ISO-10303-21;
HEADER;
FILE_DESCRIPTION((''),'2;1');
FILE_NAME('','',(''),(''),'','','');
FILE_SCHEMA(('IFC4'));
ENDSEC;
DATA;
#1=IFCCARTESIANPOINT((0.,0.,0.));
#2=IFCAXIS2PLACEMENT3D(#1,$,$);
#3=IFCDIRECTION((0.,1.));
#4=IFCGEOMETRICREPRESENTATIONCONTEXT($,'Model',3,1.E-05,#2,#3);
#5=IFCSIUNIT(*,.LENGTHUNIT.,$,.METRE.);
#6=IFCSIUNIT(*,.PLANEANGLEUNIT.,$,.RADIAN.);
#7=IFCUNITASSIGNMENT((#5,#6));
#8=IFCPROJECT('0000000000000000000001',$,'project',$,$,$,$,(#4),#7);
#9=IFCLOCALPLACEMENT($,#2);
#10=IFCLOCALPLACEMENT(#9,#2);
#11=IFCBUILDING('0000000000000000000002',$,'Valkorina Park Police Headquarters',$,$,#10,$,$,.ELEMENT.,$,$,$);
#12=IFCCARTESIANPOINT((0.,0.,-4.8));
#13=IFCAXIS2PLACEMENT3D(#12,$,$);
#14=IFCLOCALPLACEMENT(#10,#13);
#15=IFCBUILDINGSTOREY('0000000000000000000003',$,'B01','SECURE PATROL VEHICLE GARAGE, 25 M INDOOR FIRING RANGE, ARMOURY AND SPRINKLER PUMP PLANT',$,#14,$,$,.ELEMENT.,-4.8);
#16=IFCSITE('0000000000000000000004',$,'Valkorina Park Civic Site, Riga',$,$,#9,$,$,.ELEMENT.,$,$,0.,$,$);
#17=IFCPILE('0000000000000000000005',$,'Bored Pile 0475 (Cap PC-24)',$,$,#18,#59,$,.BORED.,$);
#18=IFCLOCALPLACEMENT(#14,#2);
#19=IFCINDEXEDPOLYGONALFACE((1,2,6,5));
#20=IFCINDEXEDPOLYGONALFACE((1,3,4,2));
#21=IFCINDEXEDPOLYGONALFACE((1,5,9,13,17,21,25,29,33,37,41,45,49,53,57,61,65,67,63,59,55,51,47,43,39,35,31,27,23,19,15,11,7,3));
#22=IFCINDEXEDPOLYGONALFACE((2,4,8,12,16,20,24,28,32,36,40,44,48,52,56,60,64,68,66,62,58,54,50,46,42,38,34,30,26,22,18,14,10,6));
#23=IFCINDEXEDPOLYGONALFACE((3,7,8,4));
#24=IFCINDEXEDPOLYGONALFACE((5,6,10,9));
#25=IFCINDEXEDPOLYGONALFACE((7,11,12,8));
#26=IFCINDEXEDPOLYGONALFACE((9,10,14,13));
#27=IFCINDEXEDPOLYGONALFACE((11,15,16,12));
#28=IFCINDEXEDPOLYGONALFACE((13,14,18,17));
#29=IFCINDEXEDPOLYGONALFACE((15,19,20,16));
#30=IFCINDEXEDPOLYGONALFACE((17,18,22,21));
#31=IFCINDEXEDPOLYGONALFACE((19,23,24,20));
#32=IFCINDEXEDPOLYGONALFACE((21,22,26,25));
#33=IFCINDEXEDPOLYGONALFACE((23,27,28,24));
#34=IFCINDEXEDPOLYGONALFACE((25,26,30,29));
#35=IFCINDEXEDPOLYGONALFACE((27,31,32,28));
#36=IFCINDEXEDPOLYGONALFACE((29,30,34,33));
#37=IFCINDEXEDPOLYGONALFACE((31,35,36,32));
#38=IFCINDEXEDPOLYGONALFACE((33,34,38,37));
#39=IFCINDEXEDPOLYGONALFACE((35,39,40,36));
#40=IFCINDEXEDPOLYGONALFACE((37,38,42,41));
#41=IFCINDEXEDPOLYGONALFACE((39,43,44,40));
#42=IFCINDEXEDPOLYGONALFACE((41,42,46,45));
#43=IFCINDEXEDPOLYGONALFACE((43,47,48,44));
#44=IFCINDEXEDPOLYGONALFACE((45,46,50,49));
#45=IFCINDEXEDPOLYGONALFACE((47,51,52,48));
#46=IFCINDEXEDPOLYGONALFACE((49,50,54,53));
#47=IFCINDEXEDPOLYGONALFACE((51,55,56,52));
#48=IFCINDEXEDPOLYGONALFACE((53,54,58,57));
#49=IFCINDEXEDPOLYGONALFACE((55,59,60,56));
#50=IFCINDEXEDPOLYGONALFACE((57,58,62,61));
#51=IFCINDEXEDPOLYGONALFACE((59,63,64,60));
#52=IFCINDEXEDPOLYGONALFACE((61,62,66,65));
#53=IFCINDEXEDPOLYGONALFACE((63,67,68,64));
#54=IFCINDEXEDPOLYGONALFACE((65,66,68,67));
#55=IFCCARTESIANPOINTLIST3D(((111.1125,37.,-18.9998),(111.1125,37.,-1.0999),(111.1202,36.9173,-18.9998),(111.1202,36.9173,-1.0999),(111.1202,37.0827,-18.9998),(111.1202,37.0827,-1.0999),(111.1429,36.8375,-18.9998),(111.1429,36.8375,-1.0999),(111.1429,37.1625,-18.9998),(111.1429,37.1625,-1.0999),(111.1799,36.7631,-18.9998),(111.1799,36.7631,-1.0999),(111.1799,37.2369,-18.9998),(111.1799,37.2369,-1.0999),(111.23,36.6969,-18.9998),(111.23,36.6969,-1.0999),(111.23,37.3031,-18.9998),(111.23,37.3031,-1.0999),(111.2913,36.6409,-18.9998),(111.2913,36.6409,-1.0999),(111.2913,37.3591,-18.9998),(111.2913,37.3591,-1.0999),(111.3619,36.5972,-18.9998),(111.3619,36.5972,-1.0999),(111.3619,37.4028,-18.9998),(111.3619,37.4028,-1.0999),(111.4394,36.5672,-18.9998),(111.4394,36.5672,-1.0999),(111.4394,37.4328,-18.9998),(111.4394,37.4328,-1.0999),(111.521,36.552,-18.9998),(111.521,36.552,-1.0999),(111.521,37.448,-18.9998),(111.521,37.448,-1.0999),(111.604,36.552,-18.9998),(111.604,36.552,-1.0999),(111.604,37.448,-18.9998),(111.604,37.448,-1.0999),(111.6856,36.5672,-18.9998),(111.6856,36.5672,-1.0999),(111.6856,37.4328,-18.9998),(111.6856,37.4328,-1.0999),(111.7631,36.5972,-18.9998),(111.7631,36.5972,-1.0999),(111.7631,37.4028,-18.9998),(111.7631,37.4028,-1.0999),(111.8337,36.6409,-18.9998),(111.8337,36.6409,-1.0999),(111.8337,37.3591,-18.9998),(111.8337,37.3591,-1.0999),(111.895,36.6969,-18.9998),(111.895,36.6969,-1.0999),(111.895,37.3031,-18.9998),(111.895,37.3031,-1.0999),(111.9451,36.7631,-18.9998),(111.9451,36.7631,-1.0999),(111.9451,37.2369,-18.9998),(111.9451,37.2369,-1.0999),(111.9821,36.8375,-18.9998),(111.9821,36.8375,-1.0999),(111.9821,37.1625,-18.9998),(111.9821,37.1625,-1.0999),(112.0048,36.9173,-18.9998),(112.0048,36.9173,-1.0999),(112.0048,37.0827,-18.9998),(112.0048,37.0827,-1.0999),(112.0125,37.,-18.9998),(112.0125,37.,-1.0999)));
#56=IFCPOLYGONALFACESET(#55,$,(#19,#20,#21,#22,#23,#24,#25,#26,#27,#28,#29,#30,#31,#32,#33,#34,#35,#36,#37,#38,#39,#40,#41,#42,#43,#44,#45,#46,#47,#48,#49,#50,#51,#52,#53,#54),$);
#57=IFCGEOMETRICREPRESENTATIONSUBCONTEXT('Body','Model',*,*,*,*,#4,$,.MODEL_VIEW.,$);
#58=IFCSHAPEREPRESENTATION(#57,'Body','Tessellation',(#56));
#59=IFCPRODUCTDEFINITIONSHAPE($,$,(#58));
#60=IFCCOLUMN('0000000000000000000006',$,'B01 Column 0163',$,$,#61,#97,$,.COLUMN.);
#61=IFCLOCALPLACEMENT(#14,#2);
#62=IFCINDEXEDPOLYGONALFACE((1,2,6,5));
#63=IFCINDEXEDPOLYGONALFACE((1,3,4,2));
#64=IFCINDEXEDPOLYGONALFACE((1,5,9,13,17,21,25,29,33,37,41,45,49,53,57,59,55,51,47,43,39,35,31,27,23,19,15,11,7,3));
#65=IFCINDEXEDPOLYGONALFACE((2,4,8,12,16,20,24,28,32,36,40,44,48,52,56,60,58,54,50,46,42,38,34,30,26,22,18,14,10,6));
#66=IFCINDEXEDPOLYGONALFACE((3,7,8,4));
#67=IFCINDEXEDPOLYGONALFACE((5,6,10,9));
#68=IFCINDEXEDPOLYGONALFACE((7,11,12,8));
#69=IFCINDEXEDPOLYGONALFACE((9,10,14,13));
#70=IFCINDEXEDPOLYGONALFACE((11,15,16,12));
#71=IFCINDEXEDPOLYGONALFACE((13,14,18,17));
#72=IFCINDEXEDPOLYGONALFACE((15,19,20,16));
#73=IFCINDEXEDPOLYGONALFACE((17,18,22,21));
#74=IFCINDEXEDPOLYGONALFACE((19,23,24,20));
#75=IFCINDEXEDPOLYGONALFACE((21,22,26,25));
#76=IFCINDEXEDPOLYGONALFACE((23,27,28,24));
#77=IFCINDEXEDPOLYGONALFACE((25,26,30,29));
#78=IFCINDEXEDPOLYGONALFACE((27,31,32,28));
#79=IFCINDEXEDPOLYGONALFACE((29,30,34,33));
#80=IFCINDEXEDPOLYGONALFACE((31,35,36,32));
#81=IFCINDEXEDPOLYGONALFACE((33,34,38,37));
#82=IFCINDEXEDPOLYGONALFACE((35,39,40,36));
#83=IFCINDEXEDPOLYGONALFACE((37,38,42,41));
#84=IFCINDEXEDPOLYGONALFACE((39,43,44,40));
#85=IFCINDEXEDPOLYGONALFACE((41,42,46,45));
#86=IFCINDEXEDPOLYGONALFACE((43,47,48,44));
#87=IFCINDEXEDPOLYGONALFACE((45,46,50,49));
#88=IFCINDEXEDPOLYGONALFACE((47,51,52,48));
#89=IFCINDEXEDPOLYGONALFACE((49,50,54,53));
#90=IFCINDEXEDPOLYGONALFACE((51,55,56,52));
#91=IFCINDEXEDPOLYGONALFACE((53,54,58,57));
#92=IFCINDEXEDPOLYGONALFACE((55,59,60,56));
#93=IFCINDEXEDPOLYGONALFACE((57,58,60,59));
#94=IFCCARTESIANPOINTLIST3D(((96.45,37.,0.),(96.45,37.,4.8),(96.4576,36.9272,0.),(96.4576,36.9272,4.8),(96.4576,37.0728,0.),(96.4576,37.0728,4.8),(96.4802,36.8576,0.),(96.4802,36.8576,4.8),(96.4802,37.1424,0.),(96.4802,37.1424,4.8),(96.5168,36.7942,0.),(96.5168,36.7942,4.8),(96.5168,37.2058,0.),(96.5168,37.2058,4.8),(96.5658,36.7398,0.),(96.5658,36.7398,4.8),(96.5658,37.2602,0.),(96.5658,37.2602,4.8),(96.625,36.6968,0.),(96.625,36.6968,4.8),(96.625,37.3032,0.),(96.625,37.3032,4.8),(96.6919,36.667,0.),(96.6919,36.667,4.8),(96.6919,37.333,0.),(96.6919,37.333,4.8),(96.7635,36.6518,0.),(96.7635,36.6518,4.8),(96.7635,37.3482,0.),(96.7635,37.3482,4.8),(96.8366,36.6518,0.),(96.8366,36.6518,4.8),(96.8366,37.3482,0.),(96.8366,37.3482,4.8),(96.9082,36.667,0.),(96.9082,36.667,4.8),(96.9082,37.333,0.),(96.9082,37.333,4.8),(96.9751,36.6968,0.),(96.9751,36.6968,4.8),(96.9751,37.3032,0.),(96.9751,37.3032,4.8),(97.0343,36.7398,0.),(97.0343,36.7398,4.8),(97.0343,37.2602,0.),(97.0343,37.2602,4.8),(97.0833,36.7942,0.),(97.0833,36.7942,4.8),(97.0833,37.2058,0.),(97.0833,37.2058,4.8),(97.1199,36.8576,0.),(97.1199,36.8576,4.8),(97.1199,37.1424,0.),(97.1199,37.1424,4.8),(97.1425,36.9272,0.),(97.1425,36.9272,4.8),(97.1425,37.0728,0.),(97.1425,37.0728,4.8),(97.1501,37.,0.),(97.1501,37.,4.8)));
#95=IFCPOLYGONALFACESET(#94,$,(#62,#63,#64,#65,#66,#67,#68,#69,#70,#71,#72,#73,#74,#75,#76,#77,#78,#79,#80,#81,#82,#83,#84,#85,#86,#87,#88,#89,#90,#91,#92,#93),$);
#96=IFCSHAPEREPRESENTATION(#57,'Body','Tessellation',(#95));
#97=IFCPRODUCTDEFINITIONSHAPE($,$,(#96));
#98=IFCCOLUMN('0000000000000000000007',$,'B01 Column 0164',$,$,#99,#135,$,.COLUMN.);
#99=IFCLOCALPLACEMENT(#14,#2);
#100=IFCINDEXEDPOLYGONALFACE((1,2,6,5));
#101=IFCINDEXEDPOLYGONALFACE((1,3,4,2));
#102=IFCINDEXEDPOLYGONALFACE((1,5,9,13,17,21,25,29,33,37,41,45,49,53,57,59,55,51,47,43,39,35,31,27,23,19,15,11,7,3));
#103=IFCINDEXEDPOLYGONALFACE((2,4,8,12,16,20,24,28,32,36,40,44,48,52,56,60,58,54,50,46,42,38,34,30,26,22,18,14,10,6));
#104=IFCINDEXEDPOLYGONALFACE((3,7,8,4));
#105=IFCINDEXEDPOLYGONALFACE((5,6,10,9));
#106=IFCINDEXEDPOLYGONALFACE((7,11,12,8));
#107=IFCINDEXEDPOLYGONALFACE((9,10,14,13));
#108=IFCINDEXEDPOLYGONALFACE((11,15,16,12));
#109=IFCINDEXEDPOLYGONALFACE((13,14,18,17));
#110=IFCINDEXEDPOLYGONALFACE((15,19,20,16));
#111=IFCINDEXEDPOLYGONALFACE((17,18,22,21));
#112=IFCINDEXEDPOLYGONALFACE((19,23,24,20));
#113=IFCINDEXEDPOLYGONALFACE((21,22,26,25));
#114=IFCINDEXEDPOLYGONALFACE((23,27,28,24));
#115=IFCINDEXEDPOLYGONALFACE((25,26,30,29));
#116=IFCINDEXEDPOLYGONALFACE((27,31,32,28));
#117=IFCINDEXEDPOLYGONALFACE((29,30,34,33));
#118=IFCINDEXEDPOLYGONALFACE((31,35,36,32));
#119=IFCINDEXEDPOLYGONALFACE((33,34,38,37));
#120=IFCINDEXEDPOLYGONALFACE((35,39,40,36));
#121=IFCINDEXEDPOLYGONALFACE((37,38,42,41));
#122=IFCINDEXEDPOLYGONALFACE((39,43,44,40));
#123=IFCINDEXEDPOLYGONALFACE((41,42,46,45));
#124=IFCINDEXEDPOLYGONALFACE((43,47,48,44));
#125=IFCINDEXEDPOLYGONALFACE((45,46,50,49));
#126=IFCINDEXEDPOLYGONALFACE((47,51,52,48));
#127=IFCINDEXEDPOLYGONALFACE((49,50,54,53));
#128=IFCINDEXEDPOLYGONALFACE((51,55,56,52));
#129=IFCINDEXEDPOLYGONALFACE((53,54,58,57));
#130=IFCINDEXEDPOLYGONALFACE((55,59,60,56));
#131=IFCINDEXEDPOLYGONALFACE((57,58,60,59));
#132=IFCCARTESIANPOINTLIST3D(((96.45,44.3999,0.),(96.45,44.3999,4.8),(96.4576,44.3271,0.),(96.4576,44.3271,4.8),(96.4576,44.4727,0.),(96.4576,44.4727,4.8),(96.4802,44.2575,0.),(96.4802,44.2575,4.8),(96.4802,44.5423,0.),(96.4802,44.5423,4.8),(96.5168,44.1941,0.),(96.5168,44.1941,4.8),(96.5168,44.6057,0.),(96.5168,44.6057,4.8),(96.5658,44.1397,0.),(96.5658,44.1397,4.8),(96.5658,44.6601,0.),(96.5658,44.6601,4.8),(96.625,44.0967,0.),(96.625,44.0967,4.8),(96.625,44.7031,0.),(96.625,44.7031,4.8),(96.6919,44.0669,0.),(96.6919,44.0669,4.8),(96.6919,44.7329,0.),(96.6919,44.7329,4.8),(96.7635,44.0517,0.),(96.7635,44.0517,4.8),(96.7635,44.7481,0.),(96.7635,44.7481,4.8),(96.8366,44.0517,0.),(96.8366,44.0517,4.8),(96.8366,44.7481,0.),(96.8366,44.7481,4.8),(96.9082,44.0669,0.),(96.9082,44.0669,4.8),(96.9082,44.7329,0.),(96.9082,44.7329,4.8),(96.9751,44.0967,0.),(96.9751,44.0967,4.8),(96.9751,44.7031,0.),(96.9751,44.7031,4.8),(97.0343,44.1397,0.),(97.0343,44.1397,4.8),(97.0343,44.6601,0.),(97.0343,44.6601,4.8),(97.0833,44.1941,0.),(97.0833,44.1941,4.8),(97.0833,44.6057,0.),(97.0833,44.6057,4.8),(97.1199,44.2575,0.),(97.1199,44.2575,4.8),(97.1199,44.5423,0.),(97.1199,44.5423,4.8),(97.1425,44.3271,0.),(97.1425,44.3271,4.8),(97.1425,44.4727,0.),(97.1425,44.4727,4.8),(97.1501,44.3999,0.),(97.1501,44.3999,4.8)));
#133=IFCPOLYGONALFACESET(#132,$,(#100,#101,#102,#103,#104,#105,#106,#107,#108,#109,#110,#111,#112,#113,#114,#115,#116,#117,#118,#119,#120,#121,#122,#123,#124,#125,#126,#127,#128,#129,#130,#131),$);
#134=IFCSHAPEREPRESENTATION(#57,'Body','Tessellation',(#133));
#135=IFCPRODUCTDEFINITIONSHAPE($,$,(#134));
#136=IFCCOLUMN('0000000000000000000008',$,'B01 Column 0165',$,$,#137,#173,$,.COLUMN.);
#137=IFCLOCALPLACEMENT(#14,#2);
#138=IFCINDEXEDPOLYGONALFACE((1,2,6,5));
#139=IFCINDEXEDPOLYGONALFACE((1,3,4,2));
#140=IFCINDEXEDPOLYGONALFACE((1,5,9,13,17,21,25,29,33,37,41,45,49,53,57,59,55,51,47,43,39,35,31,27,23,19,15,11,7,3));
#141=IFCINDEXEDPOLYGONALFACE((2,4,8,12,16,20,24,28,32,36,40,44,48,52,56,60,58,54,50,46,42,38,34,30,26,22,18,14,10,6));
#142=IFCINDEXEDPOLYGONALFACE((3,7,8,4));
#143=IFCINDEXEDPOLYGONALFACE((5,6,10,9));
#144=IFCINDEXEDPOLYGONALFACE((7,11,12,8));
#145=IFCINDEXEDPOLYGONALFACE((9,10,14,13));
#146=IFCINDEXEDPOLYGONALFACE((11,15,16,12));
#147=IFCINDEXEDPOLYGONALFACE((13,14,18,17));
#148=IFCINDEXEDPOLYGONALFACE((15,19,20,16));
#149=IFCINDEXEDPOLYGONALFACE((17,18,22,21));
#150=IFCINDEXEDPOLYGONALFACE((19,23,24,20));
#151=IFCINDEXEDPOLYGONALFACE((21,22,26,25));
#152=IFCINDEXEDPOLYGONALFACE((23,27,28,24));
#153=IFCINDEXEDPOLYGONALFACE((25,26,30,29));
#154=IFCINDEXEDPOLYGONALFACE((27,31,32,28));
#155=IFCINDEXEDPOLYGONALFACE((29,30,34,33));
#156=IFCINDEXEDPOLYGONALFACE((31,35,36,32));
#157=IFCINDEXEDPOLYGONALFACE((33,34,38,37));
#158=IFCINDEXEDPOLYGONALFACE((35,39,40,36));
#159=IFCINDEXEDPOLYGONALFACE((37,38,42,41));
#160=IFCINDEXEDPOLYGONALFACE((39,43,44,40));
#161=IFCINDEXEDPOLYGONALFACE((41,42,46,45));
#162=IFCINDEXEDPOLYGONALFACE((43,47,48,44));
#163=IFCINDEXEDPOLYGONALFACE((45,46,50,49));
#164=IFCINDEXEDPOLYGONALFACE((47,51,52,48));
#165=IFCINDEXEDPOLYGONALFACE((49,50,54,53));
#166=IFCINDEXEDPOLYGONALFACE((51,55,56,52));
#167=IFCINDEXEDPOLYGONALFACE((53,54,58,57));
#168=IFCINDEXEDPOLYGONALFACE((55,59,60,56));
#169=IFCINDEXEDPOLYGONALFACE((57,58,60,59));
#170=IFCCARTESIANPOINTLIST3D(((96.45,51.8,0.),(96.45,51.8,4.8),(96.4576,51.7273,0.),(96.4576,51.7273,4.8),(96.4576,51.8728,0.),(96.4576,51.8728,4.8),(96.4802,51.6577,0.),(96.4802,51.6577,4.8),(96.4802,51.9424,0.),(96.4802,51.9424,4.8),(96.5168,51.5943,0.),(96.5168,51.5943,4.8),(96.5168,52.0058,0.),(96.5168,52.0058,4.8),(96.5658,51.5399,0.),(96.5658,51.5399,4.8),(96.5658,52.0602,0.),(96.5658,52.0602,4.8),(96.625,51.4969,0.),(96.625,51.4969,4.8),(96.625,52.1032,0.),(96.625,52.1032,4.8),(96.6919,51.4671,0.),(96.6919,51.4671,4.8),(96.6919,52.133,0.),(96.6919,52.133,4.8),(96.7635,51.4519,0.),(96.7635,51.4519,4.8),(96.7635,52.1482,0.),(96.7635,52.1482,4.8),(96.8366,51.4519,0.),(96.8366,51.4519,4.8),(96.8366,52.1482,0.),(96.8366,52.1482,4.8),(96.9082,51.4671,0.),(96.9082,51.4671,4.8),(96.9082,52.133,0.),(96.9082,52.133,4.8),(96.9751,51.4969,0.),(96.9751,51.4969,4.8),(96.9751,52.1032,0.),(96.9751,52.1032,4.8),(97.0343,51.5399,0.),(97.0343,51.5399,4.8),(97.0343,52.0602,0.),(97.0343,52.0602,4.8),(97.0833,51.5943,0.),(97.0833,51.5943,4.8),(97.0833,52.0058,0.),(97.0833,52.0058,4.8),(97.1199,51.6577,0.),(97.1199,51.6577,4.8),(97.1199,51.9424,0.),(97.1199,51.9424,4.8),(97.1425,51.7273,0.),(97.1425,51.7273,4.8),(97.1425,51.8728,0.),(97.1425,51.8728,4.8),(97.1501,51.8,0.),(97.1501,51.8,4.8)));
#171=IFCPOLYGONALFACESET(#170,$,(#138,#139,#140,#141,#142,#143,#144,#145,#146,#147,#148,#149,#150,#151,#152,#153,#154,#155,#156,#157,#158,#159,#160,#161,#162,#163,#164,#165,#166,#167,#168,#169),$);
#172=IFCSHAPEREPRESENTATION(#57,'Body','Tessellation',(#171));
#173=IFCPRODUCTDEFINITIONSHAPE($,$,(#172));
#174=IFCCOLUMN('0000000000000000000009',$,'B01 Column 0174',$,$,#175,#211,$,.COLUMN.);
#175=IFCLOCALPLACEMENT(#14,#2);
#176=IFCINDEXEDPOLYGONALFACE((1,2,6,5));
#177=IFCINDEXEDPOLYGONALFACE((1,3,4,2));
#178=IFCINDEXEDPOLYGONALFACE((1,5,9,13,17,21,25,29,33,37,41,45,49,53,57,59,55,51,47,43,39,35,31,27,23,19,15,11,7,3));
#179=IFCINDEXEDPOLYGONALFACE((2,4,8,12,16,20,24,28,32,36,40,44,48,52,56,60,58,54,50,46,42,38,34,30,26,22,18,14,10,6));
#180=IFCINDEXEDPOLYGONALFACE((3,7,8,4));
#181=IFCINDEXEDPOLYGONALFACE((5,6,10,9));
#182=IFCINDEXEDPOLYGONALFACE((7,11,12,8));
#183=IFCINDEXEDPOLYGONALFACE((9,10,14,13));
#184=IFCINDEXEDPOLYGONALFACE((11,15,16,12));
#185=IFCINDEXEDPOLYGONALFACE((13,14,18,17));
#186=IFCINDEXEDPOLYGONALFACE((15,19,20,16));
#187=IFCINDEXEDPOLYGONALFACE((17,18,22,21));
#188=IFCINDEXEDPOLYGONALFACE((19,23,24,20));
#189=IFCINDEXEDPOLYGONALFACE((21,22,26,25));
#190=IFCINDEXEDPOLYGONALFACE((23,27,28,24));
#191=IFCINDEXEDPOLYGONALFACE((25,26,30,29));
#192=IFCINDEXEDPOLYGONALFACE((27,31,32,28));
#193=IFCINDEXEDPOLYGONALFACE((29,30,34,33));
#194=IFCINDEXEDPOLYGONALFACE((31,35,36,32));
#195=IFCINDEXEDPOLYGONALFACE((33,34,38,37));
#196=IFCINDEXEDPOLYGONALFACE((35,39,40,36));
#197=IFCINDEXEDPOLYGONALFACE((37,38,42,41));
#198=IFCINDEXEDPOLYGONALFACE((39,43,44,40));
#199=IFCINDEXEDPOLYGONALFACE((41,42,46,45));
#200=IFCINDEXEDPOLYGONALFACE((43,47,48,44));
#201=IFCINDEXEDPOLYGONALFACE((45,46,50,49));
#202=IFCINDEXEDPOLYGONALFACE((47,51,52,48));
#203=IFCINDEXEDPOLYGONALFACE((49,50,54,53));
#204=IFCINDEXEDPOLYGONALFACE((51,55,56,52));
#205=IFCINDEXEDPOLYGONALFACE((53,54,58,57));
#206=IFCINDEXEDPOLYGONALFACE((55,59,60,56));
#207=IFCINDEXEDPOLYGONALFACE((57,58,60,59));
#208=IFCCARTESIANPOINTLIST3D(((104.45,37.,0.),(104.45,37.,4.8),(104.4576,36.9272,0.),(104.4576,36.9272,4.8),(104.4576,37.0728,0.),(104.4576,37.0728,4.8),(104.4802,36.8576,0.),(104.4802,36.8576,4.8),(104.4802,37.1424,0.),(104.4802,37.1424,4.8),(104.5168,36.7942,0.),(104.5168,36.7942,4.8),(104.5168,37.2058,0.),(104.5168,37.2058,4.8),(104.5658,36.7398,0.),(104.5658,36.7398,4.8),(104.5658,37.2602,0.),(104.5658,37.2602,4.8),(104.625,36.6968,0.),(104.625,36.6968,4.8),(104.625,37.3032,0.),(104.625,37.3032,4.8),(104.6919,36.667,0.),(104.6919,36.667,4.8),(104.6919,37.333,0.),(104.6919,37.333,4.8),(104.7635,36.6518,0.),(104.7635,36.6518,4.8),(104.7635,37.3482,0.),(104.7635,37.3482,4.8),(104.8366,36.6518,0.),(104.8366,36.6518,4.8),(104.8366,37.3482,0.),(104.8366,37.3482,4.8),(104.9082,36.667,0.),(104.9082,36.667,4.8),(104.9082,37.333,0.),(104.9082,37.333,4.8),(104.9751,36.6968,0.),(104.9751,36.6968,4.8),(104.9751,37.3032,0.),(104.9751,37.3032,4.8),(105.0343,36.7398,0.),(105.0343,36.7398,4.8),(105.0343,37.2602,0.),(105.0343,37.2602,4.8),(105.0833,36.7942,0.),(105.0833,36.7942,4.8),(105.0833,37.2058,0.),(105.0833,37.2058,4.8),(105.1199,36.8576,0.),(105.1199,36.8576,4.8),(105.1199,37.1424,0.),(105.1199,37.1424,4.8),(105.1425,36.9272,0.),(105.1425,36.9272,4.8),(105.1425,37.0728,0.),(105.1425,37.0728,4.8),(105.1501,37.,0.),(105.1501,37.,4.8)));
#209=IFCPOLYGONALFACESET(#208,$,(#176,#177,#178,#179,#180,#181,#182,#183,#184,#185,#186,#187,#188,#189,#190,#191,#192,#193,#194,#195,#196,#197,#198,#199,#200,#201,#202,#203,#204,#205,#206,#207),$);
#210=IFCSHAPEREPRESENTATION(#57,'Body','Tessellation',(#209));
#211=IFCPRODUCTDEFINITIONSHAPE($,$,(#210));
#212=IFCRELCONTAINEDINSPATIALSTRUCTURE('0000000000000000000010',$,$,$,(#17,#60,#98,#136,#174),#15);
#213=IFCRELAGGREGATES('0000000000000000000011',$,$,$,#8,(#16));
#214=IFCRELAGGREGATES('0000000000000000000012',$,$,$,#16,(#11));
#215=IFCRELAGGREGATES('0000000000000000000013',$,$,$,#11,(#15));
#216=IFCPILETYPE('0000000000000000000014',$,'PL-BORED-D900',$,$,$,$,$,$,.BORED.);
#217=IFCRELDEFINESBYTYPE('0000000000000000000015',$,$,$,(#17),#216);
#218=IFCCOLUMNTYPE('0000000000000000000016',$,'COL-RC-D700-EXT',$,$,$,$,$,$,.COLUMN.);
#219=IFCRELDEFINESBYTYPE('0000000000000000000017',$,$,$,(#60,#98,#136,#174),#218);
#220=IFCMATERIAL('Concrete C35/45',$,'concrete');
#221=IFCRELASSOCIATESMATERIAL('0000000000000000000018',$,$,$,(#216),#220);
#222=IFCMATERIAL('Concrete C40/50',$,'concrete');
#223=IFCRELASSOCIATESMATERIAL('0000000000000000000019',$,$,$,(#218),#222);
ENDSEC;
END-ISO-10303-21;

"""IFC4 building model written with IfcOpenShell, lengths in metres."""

from ifc_helpers import new_model, si_unit, direction, frame, origin, origin_2d, place, context, subcontext, project, spatial, circle, extrude, material, material_profile, profile_set, type_object, element, save


model = new_model("IFC4")

# Units and contexts
model_context = context("Model", 3, precision=1e-05, world=origin(), true_north=direction((0.0, 1.0)))
body_context = subcontext(model_context, "Body", "Model", "MODEL_VIEW")
ifc_project = project(units=[si_unit("LENGTHUNIT", "METRE"), si_unit("PLANEANGLEUNIT", "RADIAN")], contexts=[model_context])

# Site, building, storey
site_placement = place(None, origin())
site = spatial("IfcSite", under=ifc_project, at=site_placement, Name="Valkorina Park Civic Site, Riga", CompositionType="ELEMENT", RefElevation=0.0)
building_placement = place(site_placement, origin())
building = spatial("IfcBuilding", under=site, at=building_placement, Name="Valkorina Park Police Headquarters", CompositionType="ELEMENT")
storey_placement = place(building_placement, frame((0.0, 0.0, -4.8)))
storey = spatial("IfcBuildingStorey", under=building, at=storey_placement, Name="B01", Description="SECURE PATROL VEHICLE GARAGE, 25 M INDOOR FIRING RANGE, ARMOURY AND SPRINKLER PUMP PLANT", CompositionType="ELEMENT", Elevation=-4.8)

# Pile
ifc_material_1 = material(Name="Concrete C35/45", Category="concrete")
ifc_material_profile_1 = material_profile(ifc_material_1, circle(Radius=0.45, at=origin_2d()), Name="BORED PILE D900")
ifc_profile_set_1 = profile_set([ifc_material_profile_1], Name="Concrete C35/45")
pile_type_1 = type_object("IfcPileType", Name="PL-BORED-D900", PredefinedType="BORED", material=ifc_profile_set_1)
pile_placement = place(storey_placement, frame((111.5625, 37.0, -1.0999), z_axis=(0.0, 0.0, -1.0), x_axis=(1.0, 0.0, 0.0)))
element("IfcPile", 1, at=pile_placement, inside=storey, type_object=pile_type_1, Name="Bored Pile 0475 (Cap PC-24)", PredefinedType="BORED", context=body_context, shape_type="SweptSolid", body=[
    extrude(circle(Radius=0.45, at=origin_2d()), origin(), (0.0, 0.0, 1.0), 17.8999),
])

# Columns
ifc_material_2 = material(Name="Concrete C40/50", Category="concrete")
ifc_material_profile_2 = material_profile(ifc_material_2, circle(Radius=0.3501, at=origin_2d()), Name="RC COL D700")
ifc_profile_set_2 = profile_set([ifc_material_profile_2], Name="Concrete C40/50")
column_type = type_object("IfcColumnType", Name="COL-RC-D700-EXT", PredefinedType="COLUMN", material=ifc_profile_set_2)
for number, where, z_axis, x_axis, name in (
    (2, (96.8, 37.0, 0.0), (0.0, 0.0, 1.0), (1.0, 0.0, 0.0), "B01 Column 0163"),
    (3, (96.8, 44.3999, 0.0), (0.0, 0.0, 1.0), (1.0, 0.0, 0.0), "B01 Column 0164"),
    (4, (96.8, 51.8, 0.0), (0.0, 0.0, 1.0), (1.0, 0.0, 0.0), "B01 Column 0165"),
    (5, (104.8, 37.0, 0.0), (0.0, 0.0, 1.0), (1.0, 0.0, 0.0), "B01 Column 0174"),
):
    element("IfcColumn", number, at=place(storey_placement, frame(where, z_axis=z_axis, x_axis=x_axis)), inside=storey, type_object=column_type, Name=name, PredefinedType="COLUMN", context=body_context, shape_type="SweptSolid", body=[
        extrude(circle(Radius=0.3501, at=origin_2d()), origin(), (0.0, 0.0, 1.0), 4.8),
    ])

save(model, "model.ifc")
